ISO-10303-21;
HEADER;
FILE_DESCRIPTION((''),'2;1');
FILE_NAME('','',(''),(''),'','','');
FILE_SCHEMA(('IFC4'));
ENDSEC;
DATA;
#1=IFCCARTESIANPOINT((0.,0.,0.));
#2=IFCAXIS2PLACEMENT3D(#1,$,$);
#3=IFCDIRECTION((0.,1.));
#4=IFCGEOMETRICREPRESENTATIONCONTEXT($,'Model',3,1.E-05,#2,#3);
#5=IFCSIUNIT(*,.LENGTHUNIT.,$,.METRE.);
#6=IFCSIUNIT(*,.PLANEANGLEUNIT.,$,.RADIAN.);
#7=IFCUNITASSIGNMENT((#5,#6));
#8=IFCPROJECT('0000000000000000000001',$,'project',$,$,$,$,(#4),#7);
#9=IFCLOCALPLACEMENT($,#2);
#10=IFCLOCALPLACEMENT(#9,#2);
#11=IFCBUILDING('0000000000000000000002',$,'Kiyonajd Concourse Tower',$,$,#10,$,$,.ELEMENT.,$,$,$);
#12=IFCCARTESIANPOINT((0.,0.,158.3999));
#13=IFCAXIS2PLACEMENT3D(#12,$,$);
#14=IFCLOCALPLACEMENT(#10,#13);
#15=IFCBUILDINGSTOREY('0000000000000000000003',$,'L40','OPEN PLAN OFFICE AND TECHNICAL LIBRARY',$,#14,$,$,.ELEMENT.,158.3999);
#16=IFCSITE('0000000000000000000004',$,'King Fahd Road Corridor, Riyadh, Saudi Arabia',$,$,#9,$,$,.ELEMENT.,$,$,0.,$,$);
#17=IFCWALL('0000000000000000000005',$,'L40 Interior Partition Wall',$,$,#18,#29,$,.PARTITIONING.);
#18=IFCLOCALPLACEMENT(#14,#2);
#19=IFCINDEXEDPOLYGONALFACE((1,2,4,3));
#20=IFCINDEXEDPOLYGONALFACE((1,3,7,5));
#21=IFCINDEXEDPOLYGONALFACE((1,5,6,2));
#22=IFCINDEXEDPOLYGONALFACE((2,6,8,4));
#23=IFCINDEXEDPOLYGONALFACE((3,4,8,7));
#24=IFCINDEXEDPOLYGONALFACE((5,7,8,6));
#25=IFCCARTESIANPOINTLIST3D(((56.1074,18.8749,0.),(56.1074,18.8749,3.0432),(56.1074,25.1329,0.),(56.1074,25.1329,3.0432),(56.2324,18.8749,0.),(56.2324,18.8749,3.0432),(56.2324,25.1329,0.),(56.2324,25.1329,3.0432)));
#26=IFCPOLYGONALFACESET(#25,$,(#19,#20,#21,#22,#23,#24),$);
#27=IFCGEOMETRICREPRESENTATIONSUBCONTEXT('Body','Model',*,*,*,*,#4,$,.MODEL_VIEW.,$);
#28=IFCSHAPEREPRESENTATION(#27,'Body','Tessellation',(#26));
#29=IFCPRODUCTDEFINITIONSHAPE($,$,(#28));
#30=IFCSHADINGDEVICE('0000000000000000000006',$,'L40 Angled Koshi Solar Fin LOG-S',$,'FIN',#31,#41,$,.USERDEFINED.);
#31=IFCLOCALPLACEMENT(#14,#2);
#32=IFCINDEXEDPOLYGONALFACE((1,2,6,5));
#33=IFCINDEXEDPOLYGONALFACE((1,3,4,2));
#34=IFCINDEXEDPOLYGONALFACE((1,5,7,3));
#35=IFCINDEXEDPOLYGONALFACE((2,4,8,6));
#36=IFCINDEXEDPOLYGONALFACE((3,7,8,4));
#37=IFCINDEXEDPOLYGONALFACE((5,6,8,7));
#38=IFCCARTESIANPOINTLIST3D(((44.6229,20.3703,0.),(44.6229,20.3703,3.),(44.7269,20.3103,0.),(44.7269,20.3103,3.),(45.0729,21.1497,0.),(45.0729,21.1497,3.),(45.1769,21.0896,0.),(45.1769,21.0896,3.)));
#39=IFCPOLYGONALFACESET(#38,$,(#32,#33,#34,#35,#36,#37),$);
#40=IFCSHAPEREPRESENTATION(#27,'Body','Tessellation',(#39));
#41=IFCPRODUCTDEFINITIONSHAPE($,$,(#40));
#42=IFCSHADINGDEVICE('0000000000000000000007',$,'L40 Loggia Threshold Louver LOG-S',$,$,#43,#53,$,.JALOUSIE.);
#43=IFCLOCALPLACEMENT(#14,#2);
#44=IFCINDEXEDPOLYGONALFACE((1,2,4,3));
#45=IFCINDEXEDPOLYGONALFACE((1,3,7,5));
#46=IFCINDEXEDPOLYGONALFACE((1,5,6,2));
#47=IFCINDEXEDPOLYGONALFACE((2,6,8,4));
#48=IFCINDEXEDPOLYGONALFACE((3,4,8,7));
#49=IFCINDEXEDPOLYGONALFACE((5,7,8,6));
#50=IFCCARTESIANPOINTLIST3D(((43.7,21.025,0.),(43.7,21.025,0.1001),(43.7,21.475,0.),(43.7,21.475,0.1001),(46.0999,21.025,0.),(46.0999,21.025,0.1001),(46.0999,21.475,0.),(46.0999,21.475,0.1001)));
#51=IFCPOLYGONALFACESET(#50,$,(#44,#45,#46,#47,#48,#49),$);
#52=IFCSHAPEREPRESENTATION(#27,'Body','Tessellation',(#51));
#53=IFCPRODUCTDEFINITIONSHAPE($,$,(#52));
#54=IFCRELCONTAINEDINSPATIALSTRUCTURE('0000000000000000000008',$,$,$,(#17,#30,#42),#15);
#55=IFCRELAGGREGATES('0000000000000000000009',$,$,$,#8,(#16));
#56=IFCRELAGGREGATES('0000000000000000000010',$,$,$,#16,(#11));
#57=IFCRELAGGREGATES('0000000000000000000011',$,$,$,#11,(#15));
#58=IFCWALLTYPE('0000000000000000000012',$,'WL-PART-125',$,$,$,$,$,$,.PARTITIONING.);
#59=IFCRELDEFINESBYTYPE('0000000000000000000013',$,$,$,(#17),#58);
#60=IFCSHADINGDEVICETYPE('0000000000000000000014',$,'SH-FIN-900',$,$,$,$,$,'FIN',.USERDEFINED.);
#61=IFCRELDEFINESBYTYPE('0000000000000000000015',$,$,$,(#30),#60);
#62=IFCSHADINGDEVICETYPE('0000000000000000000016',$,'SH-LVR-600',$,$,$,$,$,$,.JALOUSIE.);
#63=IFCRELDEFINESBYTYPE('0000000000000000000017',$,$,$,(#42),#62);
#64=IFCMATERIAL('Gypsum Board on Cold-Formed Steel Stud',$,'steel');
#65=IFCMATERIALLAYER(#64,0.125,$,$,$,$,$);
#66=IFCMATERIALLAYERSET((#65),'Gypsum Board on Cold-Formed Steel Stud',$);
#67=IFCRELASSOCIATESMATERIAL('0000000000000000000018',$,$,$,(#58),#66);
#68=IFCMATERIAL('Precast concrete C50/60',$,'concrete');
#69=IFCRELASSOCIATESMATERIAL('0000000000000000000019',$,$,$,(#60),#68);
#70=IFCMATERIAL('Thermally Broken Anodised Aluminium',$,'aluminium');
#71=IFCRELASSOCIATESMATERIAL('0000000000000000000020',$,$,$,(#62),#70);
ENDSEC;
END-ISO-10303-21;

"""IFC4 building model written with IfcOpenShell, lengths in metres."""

from ifc_helpers import new_model, si_unit, direction, frame, frame_2d, origin, origin_2d, place, context, subcontext, project, spatial, rectangle, extrude, material, layer, layer_set, type_object, element, save


model = new_model("IFC4")

# Units and contexts
model_context = context("Model", 3, precision=1e-05, world=origin(), true_north=direction((0.0, 1.0)))
body_context = subcontext(model_context, "Body", "Model", "MODEL_VIEW")
ifc_project = project(units=[si_unit("LENGTHUNIT", "METRE"), si_unit("PLANEANGLEUNIT", "RADIAN")], contexts=[model_context])

# Site, building, storey
site_placement = place(None, origin())
site = spatial("IfcSite", under=ifc_project, at=site_placement, Name="King Fahd Road Corridor, Riyadh, Saudi Arabia", CompositionType="ELEMENT", RefElevation=0.0)
building_placement = place(site_placement, origin())
building = spatial("IfcBuilding", under=site, at=building_placement, Name="Kiyonajd Concourse Tower", CompositionType="ELEMENT")
storey_placement = place(building_placement, frame((0.0, 0.0, 158.3999)))
storey = spatial("IfcBuildingStorey", under=building, at=storey_placement, Name="L40", Description="OPEN PLAN OFFICE AND TECHNICAL LIBRARY", CompositionType="ELEMENT", Elevation=158.3999)

# Shared definitions
ifc_material_1 = material(Name="Thermally Broken Anodised Aluminium", Category="aluminium")

# Shared definitions
ifc_material_2 = material(Name="Precast concrete C50/60", Category="concrete")

# Wall
ifc_material_3 = material(Name="Gypsum Board on Cold-Formed Steel Stud", Category="steel")
ifc_layer_1 = layer(ifc_material_3, 0.125)
ifc_layer_set_1 = layer_set([ifc_layer_1], Name="Gypsum Board on Cold-Formed Steel Stud")
wall_type_1 = type_object("IfcWallType", Name="WL-PART-125", PredefinedType="PARTITIONING", material=ifc_layer_set_1)
wall_1_placement = place(storey_placement, frame((56.1699, 18.875, 0.0), z_axis=(0.0, 0.0, 1.0), x_axis=(0.0, 1.0, 0.0)))
element("IfcWall", 1, at=wall_1_placement, inside=storey, type_object=wall_type_1, Name="L40 Interior Partition Wall", PredefinedType="PARTITIONING", context=body_context, shape_type="SweptSolid", body=[
    extrude(rectangle(XDim=6.2581, YDim=0.125, at=frame_2d((3.1289, 0.0))), origin(), (0.0, 0.0, 1.0), 3.0432),
])

# Shading devices
shading_device_type_1 = type_object("IfcShadingDeviceType", Name="SH-FIN-900", ElementType="FIN", PredefinedType="USERDEFINED", material=ifc_material_2)
shading_device_1_placement = place(storey_placement, frame((44.8999, 20.73, 0.0), z_axis=(0.0, 0.0, 1.0), x_axis=(0.5, 0.866025, 0.0)))
element("IfcShadingDevice", 2, at=shading_device_1_placement, inside=storey, type_object=shading_device_type_1, Name="L40 Angled Koshi Solar Fin LOG-S", ObjectType="FIN", PredefinedType="USERDEFINED", context=body_context, shape_type="SweptSolid", body=[
    extrude(rectangle(XDim=0.8999, YDim=0.1201, at=origin_2d()), origin(), (0.0, 0.0, 1.0), 3.0),
])
shading_device_type_2 = type_object("IfcShadingDeviceType", Name="SH-LVR-600", PredefinedType="JALOUSIE", material=ifc_material_1)
shading_device_2_placement = place(storey_placement, frame((44.8999, 21.25, 0.0), z_axis=(0.0, 0.0, 1.0), x_axis=(1.0, 0.0, 0.0)))
element("IfcShadingDevice", 3, at=shading_device_2_placement, inside=storey, type_object=shading_device_type_2, Name="L40 Loggia Threshold Louver LOG-S", PredefinedType="JALOUSIE", context=body_context, shape_type="SweptSolid", body=[
    extrude(rectangle(XDim=2.3999, YDim=0.45, at=origin_2d()), origin(), (0.0, 0.0, 1.0), 0.1001),
])

save(model, "model.ifc")
